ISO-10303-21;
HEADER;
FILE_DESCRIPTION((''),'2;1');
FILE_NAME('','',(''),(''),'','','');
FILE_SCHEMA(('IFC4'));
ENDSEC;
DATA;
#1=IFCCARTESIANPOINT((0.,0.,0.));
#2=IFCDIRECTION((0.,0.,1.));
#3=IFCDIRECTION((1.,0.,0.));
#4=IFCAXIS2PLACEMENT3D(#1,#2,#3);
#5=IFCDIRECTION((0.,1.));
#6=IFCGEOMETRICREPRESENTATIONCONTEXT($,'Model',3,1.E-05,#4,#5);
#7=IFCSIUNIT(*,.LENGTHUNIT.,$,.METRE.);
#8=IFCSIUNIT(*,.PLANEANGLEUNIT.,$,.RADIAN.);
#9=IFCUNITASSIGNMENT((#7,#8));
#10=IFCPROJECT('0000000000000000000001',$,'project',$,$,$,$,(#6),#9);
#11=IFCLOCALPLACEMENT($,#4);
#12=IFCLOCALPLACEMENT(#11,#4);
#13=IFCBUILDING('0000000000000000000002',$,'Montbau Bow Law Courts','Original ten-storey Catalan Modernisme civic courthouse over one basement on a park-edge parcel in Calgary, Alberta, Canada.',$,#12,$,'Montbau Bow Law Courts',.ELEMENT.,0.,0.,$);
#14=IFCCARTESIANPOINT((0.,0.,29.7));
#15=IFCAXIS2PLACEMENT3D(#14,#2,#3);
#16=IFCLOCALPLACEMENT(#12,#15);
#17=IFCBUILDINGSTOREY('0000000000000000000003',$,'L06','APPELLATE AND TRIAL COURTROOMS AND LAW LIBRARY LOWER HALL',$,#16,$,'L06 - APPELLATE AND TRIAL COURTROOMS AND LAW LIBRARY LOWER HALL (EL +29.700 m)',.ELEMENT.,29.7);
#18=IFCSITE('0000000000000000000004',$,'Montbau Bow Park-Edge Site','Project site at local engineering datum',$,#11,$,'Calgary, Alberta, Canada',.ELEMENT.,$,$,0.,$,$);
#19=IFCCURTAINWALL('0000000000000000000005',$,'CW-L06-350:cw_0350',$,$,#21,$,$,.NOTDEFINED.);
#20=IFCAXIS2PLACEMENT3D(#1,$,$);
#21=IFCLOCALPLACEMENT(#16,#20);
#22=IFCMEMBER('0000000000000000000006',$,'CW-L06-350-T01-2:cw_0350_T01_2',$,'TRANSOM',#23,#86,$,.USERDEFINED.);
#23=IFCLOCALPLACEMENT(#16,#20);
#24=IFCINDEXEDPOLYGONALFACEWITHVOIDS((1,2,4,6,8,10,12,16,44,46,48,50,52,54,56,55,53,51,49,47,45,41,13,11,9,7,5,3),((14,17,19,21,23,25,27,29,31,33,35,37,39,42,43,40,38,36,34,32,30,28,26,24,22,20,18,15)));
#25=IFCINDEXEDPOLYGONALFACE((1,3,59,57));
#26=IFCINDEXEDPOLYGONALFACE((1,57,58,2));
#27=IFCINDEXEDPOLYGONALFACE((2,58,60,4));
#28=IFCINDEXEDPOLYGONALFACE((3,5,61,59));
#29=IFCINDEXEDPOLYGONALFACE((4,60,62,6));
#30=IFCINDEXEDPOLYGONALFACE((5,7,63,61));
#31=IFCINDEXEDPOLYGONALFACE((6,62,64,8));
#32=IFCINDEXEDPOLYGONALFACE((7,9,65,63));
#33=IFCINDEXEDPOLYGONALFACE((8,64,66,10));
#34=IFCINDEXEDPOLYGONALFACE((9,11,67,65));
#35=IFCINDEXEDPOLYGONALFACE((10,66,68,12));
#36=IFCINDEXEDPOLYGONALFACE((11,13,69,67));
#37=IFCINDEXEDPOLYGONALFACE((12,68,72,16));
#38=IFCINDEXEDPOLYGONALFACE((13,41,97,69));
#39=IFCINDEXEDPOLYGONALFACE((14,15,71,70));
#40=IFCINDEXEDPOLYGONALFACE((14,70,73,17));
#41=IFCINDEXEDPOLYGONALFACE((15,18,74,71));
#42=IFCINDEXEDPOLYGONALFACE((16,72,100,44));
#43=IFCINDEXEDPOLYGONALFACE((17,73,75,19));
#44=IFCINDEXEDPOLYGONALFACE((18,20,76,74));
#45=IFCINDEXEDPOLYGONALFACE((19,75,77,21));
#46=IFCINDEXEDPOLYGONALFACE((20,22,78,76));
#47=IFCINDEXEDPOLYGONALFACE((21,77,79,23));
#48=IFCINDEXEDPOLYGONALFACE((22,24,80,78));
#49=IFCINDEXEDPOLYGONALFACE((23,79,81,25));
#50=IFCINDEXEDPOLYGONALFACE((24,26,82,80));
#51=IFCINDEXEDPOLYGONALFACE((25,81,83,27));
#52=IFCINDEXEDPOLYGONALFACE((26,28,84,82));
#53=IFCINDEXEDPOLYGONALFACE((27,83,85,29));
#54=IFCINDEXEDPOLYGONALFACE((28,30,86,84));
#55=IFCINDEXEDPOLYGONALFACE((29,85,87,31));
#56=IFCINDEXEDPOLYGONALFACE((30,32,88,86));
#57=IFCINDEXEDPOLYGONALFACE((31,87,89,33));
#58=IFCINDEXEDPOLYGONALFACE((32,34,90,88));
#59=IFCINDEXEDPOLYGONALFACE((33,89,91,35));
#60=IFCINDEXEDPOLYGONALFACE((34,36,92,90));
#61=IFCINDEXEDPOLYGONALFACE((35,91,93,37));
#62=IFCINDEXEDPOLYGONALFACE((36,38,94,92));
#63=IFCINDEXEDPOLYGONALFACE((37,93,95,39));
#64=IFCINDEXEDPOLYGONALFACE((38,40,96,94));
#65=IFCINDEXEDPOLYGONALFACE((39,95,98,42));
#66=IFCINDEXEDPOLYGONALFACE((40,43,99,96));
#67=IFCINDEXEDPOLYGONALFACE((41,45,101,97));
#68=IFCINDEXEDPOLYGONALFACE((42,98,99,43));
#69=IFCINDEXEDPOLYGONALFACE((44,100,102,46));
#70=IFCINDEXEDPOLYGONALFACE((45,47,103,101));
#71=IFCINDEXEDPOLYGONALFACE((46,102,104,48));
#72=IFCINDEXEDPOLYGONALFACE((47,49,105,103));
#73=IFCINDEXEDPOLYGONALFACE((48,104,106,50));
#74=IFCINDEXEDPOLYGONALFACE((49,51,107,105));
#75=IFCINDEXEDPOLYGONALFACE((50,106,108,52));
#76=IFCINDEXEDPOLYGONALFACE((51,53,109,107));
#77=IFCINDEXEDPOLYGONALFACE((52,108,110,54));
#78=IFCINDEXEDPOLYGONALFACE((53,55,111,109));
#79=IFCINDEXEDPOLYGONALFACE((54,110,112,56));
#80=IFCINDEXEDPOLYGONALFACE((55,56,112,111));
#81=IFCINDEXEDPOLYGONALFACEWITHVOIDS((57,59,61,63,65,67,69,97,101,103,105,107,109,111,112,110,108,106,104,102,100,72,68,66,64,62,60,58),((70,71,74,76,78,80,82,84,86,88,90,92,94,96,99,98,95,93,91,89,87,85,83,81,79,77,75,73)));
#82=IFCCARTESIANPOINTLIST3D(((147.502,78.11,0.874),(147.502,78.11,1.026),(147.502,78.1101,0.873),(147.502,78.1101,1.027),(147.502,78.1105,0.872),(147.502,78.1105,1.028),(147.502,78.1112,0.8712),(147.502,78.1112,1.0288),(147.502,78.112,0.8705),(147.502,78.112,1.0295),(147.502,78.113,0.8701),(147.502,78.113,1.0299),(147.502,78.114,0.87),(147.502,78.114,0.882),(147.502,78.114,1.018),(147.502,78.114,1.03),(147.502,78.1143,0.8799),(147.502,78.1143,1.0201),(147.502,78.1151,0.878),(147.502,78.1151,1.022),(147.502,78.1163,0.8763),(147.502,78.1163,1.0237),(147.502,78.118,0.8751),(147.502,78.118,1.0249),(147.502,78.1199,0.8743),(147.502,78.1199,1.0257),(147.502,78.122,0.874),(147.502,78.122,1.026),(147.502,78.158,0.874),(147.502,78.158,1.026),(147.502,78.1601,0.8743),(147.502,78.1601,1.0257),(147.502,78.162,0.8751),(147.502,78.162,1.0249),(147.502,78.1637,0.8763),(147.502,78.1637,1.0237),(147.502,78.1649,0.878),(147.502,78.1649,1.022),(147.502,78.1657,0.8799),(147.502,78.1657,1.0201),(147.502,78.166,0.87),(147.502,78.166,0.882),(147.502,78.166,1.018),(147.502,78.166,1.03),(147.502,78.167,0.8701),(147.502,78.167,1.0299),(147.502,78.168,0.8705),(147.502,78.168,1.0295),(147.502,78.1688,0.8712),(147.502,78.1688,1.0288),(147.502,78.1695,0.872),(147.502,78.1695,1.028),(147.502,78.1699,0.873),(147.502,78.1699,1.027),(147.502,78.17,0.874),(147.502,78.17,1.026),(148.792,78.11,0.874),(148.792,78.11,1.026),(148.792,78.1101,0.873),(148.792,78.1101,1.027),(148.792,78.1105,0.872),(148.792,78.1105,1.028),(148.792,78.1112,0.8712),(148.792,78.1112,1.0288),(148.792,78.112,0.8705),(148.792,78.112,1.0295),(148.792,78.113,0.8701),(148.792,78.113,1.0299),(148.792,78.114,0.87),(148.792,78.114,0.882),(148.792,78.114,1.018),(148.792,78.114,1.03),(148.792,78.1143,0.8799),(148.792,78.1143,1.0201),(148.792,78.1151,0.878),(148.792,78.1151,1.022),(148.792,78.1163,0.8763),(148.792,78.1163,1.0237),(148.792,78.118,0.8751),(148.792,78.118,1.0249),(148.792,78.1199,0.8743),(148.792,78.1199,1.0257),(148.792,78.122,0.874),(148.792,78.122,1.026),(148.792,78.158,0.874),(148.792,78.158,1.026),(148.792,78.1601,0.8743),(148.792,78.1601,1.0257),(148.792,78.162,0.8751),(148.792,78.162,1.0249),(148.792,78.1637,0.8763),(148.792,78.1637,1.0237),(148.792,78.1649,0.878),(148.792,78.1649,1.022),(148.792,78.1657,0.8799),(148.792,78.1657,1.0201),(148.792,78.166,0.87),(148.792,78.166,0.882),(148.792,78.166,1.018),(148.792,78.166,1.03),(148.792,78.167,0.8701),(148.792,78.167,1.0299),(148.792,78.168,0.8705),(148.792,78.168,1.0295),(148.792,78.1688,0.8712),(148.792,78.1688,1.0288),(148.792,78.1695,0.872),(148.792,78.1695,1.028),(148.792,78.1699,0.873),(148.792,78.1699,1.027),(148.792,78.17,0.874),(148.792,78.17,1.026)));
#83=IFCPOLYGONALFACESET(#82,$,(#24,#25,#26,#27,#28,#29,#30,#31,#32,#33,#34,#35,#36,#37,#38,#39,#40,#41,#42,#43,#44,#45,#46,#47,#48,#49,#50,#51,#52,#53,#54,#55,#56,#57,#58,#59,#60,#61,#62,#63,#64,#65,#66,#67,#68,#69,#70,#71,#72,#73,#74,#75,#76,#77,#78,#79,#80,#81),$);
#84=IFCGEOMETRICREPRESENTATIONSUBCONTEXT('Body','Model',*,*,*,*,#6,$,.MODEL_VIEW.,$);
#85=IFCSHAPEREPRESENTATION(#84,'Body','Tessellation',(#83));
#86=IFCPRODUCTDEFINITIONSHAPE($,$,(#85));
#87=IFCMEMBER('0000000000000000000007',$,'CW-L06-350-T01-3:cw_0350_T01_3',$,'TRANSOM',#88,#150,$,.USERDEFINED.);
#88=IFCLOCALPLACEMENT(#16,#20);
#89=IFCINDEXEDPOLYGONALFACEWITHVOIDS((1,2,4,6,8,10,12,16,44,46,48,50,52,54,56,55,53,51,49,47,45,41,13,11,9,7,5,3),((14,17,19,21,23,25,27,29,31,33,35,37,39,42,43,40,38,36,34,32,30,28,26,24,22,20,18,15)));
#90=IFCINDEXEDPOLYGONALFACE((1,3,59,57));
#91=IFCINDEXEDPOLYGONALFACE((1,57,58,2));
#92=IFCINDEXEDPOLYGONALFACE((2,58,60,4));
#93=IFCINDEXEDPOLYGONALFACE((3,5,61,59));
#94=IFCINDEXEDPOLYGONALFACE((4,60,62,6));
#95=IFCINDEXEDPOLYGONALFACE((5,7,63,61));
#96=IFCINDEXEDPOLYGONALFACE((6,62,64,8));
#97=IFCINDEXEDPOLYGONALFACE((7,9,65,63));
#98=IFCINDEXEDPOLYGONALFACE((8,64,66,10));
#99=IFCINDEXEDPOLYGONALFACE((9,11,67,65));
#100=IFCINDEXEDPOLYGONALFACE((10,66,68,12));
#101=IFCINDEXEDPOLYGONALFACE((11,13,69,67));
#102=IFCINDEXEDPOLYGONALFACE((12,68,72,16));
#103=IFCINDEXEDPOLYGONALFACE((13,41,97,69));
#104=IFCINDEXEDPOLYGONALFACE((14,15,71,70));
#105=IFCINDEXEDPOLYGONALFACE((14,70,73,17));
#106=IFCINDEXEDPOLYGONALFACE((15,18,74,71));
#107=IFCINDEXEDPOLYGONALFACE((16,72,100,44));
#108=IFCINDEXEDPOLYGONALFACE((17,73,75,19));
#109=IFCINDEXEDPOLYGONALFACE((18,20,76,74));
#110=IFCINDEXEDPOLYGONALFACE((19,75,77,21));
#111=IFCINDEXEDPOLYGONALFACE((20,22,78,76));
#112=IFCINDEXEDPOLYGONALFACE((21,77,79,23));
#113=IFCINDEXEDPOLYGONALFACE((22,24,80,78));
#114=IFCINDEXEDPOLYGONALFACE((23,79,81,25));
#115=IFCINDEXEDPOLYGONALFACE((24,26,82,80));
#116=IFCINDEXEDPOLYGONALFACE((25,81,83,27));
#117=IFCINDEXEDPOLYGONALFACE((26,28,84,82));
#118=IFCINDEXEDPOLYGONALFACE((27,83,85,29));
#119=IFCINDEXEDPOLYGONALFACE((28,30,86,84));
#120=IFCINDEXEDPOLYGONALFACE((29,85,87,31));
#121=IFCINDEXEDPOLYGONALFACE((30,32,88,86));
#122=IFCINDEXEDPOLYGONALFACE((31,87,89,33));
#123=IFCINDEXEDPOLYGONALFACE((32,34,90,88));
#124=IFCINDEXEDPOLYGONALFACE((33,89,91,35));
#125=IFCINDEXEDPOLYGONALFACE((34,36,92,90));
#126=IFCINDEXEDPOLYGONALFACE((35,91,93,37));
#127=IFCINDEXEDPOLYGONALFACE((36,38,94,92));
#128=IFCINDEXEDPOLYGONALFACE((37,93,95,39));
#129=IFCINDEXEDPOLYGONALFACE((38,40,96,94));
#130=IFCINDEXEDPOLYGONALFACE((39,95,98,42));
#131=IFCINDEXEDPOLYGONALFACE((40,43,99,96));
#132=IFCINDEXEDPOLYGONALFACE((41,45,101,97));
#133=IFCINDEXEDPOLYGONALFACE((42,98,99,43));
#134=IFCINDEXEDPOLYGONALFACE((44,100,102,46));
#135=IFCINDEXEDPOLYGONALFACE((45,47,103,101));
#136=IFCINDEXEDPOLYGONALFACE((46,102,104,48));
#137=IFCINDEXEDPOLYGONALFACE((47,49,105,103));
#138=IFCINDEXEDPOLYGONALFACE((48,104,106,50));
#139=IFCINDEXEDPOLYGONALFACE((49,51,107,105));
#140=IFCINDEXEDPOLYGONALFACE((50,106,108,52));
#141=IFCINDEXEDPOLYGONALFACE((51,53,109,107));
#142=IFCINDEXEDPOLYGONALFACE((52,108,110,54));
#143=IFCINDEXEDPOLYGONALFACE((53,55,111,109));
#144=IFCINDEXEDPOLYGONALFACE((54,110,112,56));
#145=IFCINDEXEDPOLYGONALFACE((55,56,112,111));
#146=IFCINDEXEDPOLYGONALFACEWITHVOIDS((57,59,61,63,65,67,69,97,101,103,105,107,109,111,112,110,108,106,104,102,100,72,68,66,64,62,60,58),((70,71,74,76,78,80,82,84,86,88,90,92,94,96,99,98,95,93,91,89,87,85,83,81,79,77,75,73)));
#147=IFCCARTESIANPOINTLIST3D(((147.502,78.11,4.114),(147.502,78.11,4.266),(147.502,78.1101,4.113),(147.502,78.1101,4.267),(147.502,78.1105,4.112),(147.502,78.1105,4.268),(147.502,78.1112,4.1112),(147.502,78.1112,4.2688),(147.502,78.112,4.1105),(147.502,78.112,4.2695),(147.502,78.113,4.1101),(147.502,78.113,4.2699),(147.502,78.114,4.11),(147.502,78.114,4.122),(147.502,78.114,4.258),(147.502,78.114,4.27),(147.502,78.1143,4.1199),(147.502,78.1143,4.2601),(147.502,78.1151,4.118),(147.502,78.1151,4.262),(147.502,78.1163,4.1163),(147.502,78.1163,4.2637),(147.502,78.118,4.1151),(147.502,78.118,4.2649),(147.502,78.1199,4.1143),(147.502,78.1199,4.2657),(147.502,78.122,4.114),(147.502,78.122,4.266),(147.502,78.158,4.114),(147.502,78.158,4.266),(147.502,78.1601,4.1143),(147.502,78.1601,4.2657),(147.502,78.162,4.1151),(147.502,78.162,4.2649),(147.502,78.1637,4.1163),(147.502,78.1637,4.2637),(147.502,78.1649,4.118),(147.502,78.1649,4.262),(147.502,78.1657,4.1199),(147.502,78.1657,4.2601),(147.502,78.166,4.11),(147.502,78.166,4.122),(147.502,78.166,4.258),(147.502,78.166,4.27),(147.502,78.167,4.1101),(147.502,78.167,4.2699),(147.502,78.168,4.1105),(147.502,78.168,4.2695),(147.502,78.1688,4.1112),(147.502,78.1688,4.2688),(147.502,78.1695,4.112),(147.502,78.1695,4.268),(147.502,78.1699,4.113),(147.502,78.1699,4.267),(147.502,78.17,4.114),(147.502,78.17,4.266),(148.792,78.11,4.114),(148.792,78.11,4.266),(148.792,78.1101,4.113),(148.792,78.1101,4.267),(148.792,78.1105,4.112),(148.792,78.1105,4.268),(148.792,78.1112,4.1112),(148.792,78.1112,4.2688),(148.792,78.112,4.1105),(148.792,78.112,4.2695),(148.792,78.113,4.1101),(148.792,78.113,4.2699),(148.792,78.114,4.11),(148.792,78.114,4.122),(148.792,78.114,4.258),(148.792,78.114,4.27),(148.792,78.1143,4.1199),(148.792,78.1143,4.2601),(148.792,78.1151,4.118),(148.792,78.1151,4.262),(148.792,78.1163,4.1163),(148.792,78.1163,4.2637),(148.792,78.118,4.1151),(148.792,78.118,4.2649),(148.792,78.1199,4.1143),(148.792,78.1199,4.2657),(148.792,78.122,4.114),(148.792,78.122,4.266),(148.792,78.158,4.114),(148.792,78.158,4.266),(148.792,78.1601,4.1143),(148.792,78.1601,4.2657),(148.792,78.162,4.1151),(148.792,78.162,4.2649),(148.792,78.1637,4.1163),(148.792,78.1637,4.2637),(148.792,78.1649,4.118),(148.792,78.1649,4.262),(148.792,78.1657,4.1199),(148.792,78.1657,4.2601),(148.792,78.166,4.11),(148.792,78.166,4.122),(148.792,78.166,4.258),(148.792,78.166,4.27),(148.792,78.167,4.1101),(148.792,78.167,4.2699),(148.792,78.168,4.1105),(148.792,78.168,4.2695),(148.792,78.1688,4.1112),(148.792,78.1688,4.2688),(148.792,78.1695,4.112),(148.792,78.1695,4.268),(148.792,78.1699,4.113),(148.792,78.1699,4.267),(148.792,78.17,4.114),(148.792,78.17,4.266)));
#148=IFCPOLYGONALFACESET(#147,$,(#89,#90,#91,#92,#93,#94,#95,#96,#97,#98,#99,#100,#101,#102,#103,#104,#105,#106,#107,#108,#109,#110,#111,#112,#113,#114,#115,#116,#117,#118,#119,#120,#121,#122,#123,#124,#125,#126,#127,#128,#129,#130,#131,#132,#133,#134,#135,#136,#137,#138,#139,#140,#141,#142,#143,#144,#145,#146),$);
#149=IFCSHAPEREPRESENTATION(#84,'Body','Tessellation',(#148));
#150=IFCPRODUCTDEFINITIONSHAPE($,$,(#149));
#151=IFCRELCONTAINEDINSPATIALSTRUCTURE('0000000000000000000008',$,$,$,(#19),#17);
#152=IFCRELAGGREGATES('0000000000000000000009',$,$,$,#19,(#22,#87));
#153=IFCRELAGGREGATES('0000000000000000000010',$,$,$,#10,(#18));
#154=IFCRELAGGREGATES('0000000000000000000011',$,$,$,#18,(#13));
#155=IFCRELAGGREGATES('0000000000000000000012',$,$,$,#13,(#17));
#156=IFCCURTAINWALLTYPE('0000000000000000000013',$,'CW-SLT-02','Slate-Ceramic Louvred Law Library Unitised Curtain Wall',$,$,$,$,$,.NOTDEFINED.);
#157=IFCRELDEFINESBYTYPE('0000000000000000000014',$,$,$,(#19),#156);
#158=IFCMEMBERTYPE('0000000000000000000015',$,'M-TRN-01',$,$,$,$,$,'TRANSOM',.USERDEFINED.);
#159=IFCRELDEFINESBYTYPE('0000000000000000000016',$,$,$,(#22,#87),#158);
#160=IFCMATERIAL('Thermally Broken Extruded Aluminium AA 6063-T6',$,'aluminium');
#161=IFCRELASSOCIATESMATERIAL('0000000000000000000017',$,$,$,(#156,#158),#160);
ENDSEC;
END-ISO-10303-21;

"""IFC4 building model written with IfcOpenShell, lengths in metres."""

from ifc_helpers import new_model, si_unit, direction, frame, origin_with_axes, origin_2d_with_axis, place, context, subcontext, project, spatial, hollow_rectangle, extrude, material, material_profile, profile_set, type_object, element, aggregate, save


model = new_model("IFC4")

# Units and contexts
model_context = context("Model", 3, precision=1e-05, world=origin_with_axes(), true_north=direction((0.0, 1.0)))
body_context = subcontext(model_context, "Body", "Model", "MODEL_VIEW")
ifc_project = project(units=[si_unit("LENGTHUNIT", "METRE"), si_unit("PLANEANGLEUNIT", "RADIAN")], contexts=[model_context])

# Site, building, storey
site_placement = place(None, origin_with_axes())
site = spatial("IfcSite", under=ifc_project, at=site_placement, Name="Montbau Bow Park-Edge Site", Description="Project site at local engineering datum", LongName="Calgary, Alberta, Canada", CompositionType="ELEMENT", RefElevation=0.0)
building_placement = place(site_placement, origin_with_axes())
building = spatial("IfcBuilding", under=site, at=building_placement, Name="Montbau Bow Law Courts", Description="Original ten-storey Catalan Modernisme civic courthouse over one basement on a park-edge parcel in Calgary, Alberta, Canada.", LongName="Montbau Bow Law Courts", CompositionType="ELEMENT", ElevationOfRefHeight=0.0, ElevationOfTerrain=0.0)
storey_placement = place(building_placement, frame((0.0, 0.0, 29.7), z_axis=(0.0, 0.0, 1.0), x_axis=(1.0, 0.0, 0.0)))
storey = spatial("IfcBuildingStorey", under=building, at=storey_placement, Name="L06", Description="APPELLATE AND TRIAL COURTROOMS AND LAW LIBRARY LOWER HALL", LongName="L06 - APPELLATE AND TRIAL COURTROOMS AND LAW LIBRARY LOWER HALL (EL +29.700 m)", CompositionType="ELEMENT", Elevation=29.7)

# Curtain wall, members
ifc_material_1 = material(Name="Thermally Broken Extruded Aluminium AA 6063-T6", Category="aluminium")
curtain_wall_type = type_object("IfcCurtainWallType", Name="CW-SLT-02", Description="Slate-Ceramic Louvred Law Library Unitised Curtain Wall", PredefinedType="NOTDEFINED", material=ifc_material_1)
curtain_wall_1_placement = place(None, frame((147.44, 78.14, 29.7), z_axis=(0.0, 0.0, 1.0), x_axis=(1.0, 0.0, 0.0)))
curtain_wall_1 = element("IfcCurtainWall", 1, at=curtain_wall_1_placement, inside=storey, type_object=curtain_wall_type, Name="CW-L06-350:cw_0350", PredefinedType="NOTDEFINED")
ifc_material_profile_1 = material_profile(ifc_material_1, hollow_rectangle(XDim=0.06, YDim=0.16, WallThickness=0.004, InnerFilletRadius=0.008, OuterFilletRadius=0.004, at=origin_2d_with_axis()), Name="CWT-160X60", Category="Main", Priority=0)
ifc_profile_set_1 = profile_set([ifc_material_profile_1], Name="Thermally Broken Extruded Aluminium AA 6063-T6")
member_type_1 = type_object("IfcMemberType", Name="M-TRN-01", ElementType="TRANSOM", PredefinedType="USERDEFINED", material=ifc_profile_set_1)
member_1_placement = place(None, frame((147.502, 78.14, 30.65), z_axis=(1.0, 0.0, 0.0), x_axis=(0.0, 1.0, 0.0)))
member_1 = element("IfcMember", 2, at=member_1_placement, type_object=member_type_1, Name="CW-L06-350-T01-2:cw_0350_T01_2", ObjectType="TRANSOM", PredefinedType="USERDEFINED", context=body_context, shape_type="SweptSolid", body=[
    extrude(hollow_rectangle(XDim=0.06, YDim=0.16, WallThickness=0.004, InnerFilletRadius=0.008, OuterFilletRadius=0.004, at=origin_2d_with_axis()), origin_with_axes(), (0.0, 0.0, 1.0), 1.29),
])
member_2_placement = place(None, frame((147.502, 78.14, 33.89), z_axis=(1.0, 0.0, 0.0), x_axis=(0.0, 1.0, 0.0)))
member_2 = element("IfcMember", 3, at=member_2_placement, type_object=member_type_1, Name="CW-L06-350-T01-3:cw_0350_T01_3", ObjectType="TRANSOM", PredefinedType="USERDEFINED", context=body_context, shape_type="SweptSolid", body=[
    extrude(hollow_rectangle(XDim=0.06, YDim=0.16, WallThickness=0.004, InnerFilletRadius=0.008, OuterFilletRadius=0.004, at=origin_2d_with_axis()), origin_with_axes(), (0.0, 0.0, 1.0), 1.29),
])

aggregate(curtain_wall_1, [member_1, member_2])

save(model, "model.ifc")
